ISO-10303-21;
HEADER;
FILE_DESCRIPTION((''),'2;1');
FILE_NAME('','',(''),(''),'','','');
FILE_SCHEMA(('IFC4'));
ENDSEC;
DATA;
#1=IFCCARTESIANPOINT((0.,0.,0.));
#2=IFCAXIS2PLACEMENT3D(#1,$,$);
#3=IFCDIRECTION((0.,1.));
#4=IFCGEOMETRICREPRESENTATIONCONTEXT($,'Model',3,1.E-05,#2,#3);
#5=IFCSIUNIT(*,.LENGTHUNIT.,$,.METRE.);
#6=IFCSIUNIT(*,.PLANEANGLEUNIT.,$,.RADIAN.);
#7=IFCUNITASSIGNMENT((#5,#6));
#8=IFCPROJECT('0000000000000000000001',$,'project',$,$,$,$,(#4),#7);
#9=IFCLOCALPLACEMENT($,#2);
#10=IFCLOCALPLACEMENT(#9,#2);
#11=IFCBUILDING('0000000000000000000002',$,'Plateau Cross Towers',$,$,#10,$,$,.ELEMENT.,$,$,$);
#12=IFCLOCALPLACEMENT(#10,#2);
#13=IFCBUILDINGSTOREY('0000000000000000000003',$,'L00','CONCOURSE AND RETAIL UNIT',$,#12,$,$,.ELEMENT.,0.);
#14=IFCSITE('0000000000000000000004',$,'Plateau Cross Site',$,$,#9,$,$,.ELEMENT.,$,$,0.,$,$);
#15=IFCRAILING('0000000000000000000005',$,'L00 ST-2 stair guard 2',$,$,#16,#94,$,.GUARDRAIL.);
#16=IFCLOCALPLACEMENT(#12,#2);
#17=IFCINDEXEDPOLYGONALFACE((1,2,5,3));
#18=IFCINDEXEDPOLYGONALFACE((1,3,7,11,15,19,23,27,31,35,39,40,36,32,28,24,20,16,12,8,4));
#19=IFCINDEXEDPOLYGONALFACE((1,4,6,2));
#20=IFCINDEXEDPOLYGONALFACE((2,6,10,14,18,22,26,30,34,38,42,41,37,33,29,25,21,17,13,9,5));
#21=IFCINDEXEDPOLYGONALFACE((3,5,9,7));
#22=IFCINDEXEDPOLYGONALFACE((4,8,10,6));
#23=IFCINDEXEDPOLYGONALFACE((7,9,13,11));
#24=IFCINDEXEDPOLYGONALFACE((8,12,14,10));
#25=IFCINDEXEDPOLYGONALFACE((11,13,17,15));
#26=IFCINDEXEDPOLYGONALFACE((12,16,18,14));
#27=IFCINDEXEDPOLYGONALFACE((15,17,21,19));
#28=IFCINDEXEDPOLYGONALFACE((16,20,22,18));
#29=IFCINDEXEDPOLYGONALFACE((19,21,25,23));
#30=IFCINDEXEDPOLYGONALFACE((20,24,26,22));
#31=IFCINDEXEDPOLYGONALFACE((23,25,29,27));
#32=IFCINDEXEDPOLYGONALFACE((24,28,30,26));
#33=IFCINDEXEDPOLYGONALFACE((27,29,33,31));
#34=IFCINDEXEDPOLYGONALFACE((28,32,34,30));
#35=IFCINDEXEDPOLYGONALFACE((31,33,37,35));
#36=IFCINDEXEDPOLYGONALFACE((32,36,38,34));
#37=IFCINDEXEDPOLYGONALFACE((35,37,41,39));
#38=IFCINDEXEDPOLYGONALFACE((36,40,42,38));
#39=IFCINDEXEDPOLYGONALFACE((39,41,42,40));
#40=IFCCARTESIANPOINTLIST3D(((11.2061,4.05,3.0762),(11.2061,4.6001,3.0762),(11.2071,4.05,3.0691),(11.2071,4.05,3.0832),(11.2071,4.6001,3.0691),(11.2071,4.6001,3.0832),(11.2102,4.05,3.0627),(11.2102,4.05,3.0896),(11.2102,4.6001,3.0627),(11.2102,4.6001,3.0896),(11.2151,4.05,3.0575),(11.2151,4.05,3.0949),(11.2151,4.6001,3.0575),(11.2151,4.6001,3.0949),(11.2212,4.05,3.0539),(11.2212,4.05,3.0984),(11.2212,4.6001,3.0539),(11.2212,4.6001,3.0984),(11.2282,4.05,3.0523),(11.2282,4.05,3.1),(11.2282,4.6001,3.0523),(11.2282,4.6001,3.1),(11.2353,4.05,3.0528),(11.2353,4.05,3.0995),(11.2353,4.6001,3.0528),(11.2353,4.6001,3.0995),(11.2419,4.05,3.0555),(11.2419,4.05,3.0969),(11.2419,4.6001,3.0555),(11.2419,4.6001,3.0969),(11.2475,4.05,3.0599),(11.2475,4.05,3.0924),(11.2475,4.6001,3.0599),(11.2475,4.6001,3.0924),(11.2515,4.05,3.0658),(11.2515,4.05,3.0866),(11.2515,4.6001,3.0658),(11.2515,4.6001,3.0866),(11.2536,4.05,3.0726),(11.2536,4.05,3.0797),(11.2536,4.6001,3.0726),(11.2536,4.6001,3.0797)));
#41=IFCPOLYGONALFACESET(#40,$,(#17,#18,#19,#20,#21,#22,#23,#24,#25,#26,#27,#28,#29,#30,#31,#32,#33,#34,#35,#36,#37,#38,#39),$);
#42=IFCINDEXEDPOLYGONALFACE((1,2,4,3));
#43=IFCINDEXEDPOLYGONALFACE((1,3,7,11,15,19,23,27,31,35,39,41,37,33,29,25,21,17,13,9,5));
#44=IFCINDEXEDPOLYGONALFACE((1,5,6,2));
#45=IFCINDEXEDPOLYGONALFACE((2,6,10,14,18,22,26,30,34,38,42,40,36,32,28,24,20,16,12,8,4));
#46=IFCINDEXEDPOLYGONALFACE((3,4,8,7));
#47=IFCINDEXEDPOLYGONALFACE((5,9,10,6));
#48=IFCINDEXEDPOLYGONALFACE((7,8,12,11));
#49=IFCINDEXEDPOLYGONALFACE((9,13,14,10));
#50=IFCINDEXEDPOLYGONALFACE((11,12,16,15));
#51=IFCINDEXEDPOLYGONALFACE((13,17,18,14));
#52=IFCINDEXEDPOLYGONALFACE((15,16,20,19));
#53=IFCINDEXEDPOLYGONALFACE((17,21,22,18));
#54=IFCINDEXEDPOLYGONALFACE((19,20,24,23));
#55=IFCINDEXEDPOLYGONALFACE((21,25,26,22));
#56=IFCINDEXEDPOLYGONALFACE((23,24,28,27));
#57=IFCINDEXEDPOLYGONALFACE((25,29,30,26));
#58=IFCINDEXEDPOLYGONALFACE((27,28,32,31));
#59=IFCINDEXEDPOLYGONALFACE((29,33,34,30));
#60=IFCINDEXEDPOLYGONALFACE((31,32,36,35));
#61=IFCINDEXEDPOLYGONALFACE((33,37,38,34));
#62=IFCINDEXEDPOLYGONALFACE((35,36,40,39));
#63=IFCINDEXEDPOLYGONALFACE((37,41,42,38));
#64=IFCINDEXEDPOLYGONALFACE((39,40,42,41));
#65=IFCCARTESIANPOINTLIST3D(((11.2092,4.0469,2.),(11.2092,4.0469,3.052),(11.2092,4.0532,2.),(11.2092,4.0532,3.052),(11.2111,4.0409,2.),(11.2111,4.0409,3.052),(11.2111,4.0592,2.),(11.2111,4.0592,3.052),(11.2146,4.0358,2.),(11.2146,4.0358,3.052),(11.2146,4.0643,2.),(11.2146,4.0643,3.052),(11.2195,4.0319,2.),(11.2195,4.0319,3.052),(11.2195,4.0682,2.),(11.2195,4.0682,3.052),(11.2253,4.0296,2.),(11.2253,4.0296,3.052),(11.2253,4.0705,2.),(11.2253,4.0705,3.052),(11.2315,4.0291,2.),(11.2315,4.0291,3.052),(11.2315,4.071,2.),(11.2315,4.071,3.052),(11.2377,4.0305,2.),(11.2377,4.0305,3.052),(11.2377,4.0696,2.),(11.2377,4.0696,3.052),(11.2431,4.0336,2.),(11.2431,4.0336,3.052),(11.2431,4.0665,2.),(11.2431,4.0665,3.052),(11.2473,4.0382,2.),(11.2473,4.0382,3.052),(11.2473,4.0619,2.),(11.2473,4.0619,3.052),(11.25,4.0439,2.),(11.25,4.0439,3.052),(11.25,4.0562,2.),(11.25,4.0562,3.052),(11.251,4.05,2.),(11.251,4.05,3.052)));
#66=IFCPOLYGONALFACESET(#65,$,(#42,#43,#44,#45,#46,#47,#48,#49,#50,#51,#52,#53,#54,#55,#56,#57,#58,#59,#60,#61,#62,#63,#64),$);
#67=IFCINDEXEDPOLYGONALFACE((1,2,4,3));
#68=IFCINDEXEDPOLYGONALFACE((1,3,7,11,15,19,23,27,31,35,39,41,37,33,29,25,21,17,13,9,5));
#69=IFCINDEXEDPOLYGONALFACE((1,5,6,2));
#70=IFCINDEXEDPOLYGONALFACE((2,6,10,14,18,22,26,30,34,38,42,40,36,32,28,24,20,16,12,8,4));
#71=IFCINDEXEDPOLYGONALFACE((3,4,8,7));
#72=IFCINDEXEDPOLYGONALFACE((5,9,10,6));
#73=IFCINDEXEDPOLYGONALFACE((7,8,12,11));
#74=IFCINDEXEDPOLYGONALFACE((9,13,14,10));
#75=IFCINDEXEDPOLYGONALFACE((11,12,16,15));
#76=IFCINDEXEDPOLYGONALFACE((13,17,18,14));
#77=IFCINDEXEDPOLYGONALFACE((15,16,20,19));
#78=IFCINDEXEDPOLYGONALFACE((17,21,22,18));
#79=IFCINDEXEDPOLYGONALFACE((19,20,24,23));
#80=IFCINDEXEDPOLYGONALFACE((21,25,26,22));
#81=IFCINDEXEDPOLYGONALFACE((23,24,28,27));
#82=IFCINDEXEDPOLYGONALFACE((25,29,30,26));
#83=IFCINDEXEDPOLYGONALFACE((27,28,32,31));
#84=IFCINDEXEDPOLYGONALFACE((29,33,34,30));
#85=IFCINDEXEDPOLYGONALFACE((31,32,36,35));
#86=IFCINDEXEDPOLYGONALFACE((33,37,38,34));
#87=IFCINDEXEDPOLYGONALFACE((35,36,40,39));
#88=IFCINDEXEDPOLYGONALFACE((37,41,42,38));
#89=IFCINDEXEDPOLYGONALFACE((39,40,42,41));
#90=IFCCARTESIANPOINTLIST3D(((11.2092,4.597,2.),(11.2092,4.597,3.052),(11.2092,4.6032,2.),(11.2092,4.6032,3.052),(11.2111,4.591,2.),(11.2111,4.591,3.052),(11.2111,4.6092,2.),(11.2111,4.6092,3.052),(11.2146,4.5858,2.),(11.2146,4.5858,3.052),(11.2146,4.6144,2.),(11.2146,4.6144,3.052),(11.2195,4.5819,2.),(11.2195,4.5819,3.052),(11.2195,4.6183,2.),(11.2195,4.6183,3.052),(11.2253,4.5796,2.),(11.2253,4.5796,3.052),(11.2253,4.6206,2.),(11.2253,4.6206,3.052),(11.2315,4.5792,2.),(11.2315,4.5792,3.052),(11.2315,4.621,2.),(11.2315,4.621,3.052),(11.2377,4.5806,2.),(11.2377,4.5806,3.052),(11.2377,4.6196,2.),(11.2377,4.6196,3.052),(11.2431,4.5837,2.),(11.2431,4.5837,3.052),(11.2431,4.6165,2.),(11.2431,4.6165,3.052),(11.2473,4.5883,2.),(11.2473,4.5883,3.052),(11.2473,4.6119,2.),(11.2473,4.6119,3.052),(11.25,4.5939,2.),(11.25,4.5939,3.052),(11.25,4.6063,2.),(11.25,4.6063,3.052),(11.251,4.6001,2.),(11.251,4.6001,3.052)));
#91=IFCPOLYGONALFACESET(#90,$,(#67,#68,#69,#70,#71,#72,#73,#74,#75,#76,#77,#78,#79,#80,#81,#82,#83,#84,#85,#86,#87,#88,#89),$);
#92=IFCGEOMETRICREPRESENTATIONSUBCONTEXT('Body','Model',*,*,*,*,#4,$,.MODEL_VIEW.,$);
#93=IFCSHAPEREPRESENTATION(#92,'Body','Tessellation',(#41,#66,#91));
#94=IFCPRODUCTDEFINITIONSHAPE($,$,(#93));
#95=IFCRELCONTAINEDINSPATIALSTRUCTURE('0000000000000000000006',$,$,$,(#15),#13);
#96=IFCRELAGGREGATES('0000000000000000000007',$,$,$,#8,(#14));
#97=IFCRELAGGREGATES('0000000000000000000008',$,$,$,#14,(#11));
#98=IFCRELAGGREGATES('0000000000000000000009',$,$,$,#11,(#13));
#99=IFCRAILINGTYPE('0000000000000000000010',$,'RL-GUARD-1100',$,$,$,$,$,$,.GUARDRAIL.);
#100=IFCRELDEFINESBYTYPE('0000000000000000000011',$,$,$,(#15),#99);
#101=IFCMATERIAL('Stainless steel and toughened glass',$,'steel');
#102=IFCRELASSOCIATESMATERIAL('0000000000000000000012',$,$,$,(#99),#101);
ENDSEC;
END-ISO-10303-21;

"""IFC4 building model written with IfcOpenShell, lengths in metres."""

from ifc_helpers import new_model, si_unit, direction, frame, origin, origin_2d, place, context, subcontext, project, spatial, circle, extrude, material, type_object, element, save


model = new_model("IFC4")

# Units and contexts
model_context = context("Model", 3, precision=1e-05, world=origin(), true_north=direction((0.0, 1.0)))
body_context = subcontext(model_context, "Body", "Model", "MODEL_VIEW")
ifc_project = project(units=[si_unit("LENGTHUNIT", "METRE"), si_unit("PLANEANGLEUNIT", "RADIAN")], contexts=[model_context])

# Site, building, storey
site_placement = place(None, origin())
site = spatial("IfcSite", under=ifc_project, at=site_placement, Name="Plateau Cross Site", CompositionType="ELEMENT", RefElevation=0.0)
building_placement = place(site_placement, origin())
building = spatial("IfcBuilding", under=site, at=building_placement, Name="Plateau Cross Towers", CompositionType="ELEMENT")
storey_placement = place(building_placement, origin())
storey = spatial("IfcBuildingStorey", under=building, at=storey_placement, Name="L00", Description="CONCOURSE AND RETAIL UNIT", CompositionType="ELEMENT", Elevation=0.0)

# Railing
ifc_material_1 = material(Name="Stainless steel and toughened glass", Category="steel")
railing_type_1 = type_object("IfcRailingType", Name="RL-GUARD-1100", PredefinedType="GUARDRAIL", material=ifc_material_1)
railing_1_placement = place(storey_placement, frame((11.23, 4.05, 2.0)))
element("IfcRailing", 1, at=railing_1_placement, inside=storey, type_object=railing_type_1, Name="L00 ST-2 stair guard 2", PredefinedType="GUARDRAIL", context=body_context, shape_type="SweptSolid", body=[
    extrude(circle(Radius=0.0239, at=origin_2d()), frame((0.0, 0.0, 1.0762), z_axis=(0.0, 1.0, 0.0), x_axis=(-1.0, 0.0, 0.0)), (0.0, 0.0, 1.0), 0.55),
    extrude(circle(Radius=0.021, at=origin_2d()), origin(), (0.0, 0.0, 1.0), 1.052),
    extrude(circle(Radius=0.021, at=origin_2d()), frame((0.0, 0.55, 0.0)), (0.0, 0.0, 1.0), 1.052),
])

save(model, "model.ifc")
